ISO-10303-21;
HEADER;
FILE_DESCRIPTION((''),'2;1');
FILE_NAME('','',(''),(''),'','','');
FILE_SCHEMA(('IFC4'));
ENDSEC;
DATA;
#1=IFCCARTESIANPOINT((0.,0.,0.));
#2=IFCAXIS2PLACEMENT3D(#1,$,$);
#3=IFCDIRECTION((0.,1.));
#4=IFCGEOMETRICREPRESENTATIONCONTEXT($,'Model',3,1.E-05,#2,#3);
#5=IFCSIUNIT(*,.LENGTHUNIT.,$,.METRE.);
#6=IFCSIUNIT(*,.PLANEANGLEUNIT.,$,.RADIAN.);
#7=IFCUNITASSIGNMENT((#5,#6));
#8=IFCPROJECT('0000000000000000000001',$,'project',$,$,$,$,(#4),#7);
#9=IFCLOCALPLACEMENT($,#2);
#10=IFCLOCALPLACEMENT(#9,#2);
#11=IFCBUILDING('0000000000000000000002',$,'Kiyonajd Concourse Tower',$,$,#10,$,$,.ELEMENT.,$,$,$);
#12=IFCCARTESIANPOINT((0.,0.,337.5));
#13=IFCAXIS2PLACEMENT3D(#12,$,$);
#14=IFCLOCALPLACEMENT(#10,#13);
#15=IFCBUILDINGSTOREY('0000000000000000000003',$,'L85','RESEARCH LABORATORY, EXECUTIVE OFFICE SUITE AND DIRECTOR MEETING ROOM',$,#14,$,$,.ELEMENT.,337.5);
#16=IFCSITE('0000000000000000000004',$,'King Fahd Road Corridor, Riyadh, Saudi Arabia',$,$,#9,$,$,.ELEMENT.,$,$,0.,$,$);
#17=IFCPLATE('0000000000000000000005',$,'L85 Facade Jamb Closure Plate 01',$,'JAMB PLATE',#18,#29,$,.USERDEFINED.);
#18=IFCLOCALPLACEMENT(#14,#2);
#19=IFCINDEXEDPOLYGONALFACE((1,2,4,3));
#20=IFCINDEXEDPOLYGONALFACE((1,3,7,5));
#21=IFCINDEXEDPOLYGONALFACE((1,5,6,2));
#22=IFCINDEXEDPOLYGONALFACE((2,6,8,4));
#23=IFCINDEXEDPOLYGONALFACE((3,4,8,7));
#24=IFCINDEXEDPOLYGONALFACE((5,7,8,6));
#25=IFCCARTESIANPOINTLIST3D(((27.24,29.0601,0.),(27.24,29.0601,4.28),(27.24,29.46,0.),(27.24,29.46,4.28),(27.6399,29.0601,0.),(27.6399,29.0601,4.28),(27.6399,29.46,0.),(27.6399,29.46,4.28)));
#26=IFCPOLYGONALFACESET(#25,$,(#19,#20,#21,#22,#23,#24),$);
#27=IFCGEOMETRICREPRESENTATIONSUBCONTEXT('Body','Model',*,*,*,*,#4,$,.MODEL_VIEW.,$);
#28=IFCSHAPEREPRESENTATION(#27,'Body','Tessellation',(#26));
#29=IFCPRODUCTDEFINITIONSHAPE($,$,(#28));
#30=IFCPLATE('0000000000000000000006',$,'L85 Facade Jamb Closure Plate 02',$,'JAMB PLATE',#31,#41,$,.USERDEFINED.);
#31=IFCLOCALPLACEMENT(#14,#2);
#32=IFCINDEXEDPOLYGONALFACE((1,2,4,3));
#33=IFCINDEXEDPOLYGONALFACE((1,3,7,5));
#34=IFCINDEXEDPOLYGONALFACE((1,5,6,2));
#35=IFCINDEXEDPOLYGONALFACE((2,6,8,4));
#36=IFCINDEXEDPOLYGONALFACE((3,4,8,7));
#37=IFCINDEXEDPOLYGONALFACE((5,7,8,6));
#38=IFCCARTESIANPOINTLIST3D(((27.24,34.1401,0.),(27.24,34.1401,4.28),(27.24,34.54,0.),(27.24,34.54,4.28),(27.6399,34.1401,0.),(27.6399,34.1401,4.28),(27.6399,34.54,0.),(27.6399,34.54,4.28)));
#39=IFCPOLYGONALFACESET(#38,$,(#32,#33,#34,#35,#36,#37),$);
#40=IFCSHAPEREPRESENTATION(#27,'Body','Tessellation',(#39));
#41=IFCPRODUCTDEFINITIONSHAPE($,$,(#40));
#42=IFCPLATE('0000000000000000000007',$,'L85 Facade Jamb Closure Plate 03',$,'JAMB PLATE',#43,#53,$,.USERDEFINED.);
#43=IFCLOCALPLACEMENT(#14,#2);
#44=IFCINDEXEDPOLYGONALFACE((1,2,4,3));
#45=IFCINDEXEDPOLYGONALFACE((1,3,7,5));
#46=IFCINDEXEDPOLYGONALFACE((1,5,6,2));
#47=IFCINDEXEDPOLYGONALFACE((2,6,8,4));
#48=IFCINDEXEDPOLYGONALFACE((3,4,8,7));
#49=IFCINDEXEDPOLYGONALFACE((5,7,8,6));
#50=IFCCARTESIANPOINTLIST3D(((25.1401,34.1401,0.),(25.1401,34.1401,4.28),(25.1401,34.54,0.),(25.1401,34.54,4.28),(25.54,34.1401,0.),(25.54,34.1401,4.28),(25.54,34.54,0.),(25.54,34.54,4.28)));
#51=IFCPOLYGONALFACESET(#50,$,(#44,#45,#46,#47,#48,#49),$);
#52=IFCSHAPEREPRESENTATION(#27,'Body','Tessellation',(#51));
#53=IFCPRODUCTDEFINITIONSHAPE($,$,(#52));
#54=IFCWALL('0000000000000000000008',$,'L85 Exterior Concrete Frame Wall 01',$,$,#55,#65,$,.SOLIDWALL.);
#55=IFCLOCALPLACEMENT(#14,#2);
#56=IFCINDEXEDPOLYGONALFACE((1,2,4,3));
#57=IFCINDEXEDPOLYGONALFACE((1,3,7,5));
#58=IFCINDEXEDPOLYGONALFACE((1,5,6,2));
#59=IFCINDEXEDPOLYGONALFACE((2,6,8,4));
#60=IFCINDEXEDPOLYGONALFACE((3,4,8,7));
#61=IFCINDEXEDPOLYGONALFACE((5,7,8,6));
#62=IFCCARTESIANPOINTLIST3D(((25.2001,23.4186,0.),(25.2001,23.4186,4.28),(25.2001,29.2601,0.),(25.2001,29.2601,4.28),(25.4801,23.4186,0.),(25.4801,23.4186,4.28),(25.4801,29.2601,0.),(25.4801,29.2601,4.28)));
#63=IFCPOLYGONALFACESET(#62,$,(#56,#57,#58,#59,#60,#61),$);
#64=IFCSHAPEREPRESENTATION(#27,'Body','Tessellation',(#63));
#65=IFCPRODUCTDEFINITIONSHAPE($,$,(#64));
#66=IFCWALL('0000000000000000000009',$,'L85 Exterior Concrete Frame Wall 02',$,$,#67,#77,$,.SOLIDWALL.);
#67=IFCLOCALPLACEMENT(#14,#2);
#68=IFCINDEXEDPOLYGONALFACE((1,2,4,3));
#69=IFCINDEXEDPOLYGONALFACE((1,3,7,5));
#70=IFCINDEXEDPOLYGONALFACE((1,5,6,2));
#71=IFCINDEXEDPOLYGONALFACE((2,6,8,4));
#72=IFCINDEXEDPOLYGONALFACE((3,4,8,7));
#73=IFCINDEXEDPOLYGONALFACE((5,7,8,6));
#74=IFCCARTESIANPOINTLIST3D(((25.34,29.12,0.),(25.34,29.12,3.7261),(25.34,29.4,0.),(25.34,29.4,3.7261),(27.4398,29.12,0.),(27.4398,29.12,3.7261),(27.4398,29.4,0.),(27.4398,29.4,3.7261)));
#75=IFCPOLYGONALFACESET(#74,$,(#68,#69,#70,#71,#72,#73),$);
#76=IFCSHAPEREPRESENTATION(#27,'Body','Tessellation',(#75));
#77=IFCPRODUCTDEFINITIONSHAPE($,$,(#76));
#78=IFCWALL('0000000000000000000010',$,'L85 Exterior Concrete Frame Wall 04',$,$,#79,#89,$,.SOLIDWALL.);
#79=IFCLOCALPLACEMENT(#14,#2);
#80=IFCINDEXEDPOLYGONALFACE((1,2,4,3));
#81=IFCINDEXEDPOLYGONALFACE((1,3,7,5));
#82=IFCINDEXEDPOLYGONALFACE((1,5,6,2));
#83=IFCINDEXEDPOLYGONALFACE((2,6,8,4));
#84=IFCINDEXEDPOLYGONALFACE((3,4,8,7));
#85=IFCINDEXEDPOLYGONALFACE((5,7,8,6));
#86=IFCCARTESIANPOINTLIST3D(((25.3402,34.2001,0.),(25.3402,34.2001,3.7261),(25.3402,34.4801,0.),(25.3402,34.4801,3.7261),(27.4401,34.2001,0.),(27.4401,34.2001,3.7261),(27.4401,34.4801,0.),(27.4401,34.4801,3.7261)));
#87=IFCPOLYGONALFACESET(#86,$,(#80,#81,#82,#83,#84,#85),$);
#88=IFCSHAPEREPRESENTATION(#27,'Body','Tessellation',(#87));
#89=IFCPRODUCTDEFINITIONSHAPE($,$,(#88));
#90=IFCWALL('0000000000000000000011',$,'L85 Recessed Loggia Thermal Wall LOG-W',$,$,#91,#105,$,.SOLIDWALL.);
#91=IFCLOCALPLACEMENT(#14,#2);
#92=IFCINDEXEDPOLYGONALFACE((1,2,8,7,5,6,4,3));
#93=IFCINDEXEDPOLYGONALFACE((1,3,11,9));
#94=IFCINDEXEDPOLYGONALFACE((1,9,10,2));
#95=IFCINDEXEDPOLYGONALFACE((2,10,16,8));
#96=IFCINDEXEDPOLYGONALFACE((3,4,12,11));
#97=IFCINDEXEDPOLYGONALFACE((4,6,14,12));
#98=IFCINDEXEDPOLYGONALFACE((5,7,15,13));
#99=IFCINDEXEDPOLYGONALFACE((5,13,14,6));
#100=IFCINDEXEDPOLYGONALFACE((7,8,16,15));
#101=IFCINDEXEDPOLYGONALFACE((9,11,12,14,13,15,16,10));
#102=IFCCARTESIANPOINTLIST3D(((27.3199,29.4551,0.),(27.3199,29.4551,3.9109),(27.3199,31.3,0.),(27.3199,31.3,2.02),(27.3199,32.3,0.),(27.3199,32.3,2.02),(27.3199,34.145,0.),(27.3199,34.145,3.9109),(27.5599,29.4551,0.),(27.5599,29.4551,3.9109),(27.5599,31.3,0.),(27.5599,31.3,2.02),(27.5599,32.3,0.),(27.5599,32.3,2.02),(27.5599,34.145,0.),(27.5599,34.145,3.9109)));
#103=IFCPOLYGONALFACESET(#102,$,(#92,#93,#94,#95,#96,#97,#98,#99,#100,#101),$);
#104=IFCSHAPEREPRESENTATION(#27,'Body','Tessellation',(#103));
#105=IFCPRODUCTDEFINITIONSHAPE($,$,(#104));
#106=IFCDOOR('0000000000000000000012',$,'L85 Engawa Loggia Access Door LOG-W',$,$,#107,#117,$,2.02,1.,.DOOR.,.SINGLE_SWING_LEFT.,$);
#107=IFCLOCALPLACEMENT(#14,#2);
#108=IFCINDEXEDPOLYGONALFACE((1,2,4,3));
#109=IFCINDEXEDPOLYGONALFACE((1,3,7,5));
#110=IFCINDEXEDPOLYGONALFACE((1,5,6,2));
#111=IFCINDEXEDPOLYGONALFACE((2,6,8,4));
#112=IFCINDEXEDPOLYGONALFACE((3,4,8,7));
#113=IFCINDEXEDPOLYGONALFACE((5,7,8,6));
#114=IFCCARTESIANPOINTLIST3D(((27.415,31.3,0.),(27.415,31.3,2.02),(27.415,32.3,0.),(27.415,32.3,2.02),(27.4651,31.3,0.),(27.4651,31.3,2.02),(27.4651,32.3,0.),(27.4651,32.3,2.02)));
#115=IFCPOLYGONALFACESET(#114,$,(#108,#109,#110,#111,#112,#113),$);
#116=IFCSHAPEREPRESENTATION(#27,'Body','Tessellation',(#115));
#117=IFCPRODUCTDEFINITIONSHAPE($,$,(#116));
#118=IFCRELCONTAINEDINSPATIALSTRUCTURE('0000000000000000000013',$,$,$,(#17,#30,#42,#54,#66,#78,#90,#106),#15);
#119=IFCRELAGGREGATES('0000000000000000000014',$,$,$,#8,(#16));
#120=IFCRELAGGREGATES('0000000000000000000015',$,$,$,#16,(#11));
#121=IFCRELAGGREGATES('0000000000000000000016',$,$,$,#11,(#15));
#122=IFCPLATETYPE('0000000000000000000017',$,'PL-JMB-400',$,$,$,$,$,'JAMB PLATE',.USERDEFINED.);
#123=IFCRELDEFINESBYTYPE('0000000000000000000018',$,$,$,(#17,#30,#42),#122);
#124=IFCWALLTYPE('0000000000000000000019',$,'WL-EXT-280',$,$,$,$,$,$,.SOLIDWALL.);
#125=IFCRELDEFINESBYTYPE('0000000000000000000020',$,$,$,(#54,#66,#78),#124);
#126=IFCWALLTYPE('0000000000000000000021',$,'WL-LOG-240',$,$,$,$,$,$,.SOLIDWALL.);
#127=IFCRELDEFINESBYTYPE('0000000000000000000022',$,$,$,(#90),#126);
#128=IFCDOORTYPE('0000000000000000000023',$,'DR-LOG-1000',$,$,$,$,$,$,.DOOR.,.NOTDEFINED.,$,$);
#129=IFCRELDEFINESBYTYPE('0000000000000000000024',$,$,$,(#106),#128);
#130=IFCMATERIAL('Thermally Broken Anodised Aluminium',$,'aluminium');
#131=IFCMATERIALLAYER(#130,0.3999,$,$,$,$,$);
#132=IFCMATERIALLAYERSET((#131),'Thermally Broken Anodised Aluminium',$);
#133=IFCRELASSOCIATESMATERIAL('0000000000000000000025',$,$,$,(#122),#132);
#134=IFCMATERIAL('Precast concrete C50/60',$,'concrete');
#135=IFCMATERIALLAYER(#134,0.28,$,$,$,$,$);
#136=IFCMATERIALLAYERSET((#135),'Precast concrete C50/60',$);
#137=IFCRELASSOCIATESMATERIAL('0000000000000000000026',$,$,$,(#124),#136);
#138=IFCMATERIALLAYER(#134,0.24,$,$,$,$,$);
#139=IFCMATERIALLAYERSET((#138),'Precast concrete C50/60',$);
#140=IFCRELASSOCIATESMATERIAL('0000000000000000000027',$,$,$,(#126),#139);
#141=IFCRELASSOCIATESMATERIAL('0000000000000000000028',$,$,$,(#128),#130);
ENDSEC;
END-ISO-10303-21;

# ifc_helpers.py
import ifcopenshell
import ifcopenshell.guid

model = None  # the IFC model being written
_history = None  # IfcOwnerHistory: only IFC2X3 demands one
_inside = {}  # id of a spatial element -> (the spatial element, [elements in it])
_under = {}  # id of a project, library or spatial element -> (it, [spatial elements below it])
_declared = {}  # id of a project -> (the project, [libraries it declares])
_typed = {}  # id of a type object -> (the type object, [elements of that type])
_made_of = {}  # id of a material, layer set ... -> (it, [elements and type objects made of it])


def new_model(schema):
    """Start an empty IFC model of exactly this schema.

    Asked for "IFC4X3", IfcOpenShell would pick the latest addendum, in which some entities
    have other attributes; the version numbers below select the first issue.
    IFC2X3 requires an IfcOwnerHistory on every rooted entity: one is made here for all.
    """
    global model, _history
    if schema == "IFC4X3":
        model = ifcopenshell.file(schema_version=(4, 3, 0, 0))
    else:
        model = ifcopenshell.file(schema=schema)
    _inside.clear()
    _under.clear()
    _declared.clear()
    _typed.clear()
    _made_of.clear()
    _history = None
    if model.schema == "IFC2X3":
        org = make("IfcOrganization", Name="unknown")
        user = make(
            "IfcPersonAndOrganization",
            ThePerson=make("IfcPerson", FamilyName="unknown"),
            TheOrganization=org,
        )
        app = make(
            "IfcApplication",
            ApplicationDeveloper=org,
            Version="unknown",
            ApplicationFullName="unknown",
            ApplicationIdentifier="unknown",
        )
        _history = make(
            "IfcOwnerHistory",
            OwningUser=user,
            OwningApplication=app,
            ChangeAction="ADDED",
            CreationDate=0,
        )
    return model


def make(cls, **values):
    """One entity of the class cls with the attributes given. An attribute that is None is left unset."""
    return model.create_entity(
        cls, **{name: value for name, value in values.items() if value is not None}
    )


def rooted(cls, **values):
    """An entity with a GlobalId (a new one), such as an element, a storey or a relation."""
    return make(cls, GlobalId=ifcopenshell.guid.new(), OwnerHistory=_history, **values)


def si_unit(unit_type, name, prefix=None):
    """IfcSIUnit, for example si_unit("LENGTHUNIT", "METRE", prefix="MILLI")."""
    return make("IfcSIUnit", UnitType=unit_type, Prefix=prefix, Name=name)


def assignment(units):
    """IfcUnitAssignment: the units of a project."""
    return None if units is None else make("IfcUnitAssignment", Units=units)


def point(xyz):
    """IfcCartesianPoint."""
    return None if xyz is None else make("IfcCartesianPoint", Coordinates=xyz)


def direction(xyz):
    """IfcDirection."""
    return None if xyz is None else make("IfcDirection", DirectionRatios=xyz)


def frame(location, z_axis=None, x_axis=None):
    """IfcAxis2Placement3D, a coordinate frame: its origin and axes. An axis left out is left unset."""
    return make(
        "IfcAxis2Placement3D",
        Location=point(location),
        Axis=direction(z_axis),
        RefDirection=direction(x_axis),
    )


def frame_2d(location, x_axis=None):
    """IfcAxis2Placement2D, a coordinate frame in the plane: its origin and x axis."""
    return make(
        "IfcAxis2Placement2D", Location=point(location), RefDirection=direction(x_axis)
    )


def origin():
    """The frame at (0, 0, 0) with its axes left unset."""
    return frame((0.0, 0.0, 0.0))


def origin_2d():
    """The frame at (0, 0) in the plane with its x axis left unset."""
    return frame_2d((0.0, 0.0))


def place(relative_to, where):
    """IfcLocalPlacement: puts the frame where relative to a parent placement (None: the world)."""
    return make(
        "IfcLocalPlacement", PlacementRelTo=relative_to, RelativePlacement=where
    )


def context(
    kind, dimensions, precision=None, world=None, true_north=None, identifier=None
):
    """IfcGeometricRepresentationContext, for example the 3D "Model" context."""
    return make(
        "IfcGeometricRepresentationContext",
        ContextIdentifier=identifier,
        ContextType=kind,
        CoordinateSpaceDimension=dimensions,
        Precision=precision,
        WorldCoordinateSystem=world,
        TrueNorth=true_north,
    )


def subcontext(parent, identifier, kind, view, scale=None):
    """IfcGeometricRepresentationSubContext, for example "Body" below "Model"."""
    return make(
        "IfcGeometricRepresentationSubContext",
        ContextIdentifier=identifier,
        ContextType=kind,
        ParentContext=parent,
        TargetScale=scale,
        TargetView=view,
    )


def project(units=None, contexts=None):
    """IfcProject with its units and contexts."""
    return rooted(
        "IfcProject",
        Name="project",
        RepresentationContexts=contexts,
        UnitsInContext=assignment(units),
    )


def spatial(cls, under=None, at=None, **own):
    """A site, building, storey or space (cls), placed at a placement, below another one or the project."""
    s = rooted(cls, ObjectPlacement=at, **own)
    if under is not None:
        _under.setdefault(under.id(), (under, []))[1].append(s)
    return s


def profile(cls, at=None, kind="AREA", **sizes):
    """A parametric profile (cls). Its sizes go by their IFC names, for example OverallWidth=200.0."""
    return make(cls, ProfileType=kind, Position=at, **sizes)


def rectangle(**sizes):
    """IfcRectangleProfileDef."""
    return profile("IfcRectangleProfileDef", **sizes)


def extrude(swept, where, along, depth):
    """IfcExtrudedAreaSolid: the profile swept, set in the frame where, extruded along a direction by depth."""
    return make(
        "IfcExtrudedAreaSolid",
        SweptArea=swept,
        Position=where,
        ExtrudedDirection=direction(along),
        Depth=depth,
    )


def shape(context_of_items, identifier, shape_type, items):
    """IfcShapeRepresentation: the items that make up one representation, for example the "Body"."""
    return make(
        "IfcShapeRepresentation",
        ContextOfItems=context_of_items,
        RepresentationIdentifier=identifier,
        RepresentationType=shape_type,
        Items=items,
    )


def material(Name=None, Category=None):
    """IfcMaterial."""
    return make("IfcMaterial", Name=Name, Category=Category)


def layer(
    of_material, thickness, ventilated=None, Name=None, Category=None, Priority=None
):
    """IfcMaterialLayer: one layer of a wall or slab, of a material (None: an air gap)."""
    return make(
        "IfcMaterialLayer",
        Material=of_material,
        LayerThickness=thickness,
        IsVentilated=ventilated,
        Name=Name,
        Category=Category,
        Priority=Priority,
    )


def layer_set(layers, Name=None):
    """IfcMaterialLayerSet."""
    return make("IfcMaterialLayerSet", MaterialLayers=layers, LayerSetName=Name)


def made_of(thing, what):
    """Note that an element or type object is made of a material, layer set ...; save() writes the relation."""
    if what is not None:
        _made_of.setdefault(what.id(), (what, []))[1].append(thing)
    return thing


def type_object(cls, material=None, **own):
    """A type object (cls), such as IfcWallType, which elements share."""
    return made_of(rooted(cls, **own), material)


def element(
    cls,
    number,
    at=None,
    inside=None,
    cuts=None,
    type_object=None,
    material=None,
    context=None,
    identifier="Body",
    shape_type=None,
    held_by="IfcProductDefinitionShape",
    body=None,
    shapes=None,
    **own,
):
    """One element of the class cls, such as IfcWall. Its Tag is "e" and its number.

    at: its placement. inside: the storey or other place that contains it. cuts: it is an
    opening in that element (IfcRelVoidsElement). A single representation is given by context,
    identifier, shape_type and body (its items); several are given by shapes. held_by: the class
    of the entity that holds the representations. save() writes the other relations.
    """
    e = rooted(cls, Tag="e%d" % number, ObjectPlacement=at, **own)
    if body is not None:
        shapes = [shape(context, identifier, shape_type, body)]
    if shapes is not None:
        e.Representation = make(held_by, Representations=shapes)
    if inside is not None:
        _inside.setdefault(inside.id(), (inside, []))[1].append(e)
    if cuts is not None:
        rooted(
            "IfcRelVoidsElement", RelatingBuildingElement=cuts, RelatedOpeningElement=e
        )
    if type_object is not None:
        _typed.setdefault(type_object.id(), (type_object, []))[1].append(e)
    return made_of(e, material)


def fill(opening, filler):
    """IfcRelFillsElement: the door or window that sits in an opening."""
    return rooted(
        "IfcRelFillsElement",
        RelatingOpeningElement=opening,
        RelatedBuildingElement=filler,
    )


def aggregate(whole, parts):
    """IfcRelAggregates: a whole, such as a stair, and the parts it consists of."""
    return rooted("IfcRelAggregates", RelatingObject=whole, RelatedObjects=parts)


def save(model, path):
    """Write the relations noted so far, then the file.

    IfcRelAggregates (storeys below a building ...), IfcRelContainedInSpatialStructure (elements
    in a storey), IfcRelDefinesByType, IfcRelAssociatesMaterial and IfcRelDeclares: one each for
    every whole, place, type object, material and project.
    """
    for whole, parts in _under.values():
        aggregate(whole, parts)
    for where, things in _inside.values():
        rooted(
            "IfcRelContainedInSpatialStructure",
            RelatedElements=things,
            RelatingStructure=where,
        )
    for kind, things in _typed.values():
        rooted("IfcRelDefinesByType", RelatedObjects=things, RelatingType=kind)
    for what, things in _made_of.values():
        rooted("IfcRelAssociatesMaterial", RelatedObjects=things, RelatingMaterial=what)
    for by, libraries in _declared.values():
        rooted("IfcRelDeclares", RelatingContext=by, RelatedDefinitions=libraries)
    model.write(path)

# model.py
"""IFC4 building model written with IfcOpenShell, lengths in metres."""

from ifc_helpers import new_model, si_unit, direction, frame, frame_2d, origin, origin_2d, place, context, subcontext, project, spatial, rectangle, extrude, material, layer, layer_set, type_object, element, fill, save


model = new_model("IFC4")

# Units and contexts
model_context = context("Model", 3, precision=1e-05, world=origin(), true_north=direction((0.0, 1.0)))
body_context = subcontext(model_context, "Body", "Model", "MODEL_VIEW")
ifc_project = project(units=[si_unit("LENGTHUNIT", "METRE"), si_unit("PLANEANGLEUNIT", "RADIAN")], contexts=[model_context])

# Site, building, storey
site_placement = place(None, origin())
site = spatial("IfcSite", under=ifc_project, at=site_placement, Name="King Fahd Road Corridor, Riyadh, Saudi Arabia", CompositionType="ELEMENT", RefElevation=0.0)
building_placement = place(site_placement, origin())
building = spatial("IfcBuilding", under=site, at=building_placement, Name="Kiyonajd Concourse Tower", CompositionType="ELEMENT")
storey_placement = place(building_placement, frame((0.0, 0.0, 337.5)))
storey = spatial("IfcBuildingStorey", under=building, at=storey_placement, Name="L85", Description="RESEARCH LABORATORY, EXECUTIVE OFFICE SUITE AND DIRECTOR MEETING ROOM", CompositionType="ELEMENT", Elevation=337.5)

# Plates
ifc_material_1 = material(Name="Thermally Broken Anodised Aluminium", Category="aluminium")
ifc_layer_1 = layer(ifc_material_1, 0.3999)
ifc_layer_set_1 = layer_set([ifc_layer_1], Name="Thermally Broken Anodised Aluminium")
plate_type_1 = type_object("IfcPlateType", Name="PL-JMB-400", ElementType="JAMB PLATE", PredefinedType="USERDEFINED", material=ifc_layer_set_1)
for number, where, z_axis, x_axis, name in (
    (1, (27.4399, 29.26, 0.0), (0.0, 0.0, 1.0), (1.0, 0.0, 0.0), "L85 Facade Jamb Closure Plate 01"),
    (2, (27.4399, 34.3401, 0.0), (0.0, 0.0, 1.0), (1.0, 0.0, 0.0), "L85 Facade Jamb Closure Plate 02"),
    (3, (25.3401, 34.3401, 0.0), (0.0, 0.0, 1.0), (1.0, 0.0, 0.0), "L85 Facade Jamb Closure Plate 03"),
):
    element("IfcPlate", number, at=place(storey_placement, frame(where, z_axis=z_axis, x_axis=x_axis)), inside=storey, type_object=plate_type_1, Name=name, ObjectType="JAMB PLATE", PredefinedType="USERDEFINED", context=body_context, shape_type="SweptSolid", body=[
        extrude(rectangle(XDim=0.3999, YDim=0.3999, at=origin_2d()), origin(), (0.0, 0.0, 1.0), 4.28),
    ])

# Walls
ifc_material_2 = material(Name="Precast concrete C50/60", Category="concrete")
ifc_layer_2 = layer(ifc_material_2, 0.28)
ifc_layer_set_2 = layer_set([ifc_layer_2], Name="Precast concrete C50/60")
wall_type_1 = type_object("IfcWallType", Name="WL-EXT-280", PredefinedType="SOLIDWALL", material=ifc_layer_set_2)
wall_1_placement = place(storey_placement, frame((25.3401, 23.4185, 0.0), z_axis=(0.0, 0.0, 1.0), x_axis=(0.0, 1.0, 0.0)))
element("IfcWall", 4, at=wall_1_placement, inside=storey, type_object=wall_type_1, Name="L85 Exterior Concrete Frame Wall 01", PredefinedType="SOLIDWALL", context=body_context, shape_type="SweptSolid", body=[
    extrude(rectangle(XDim=5.8416, YDim=0.28, at=frame_2d((2.9209, 0.0))), origin(), (0.0, 0.0, 1.0), 4.28),
])
for number, where, z_axis, x_axis, name in (
    (5, (25.3401, 29.26, 0.0), (0.0, 0.0, 1.0), (1.0, 0.0, 0.0), "L85 Exterior Concrete Frame Wall 02"),
    (6, (27.4399, 34.3401, 0.0), (0.0, 0.0, 1.0), (-1.0, 0.0, 0.0), "L85 Exterior Concrete Frame Wall 04"),
):
    element("IfcWall", number, at=place(storey_placement, frame(where, z_axis=z_axis, x_axis=x_axis)), inside=storey, type_object=wall_type_1, Name=name, PredefinedType="SOLIDWALL", context=body_context, shape_type="SweptSolid", body=[
        extrude(rectangle(XDim=2.0999, YDim=0.28, at=frame_2d((1.0498, 0.0))), origin(), (0.0, 0.0, 1.0), 3.7261),
    ])

# Wall, opening, door
ifc_layer_3 = layer(ifc_material_2, 0.24)
ifc_layer_set_3 = layer_set([ifc_layer_3], Name="Precast concrete C50/60")
wall_type_2 = type_object("IfcWallType", Name="WL-LOG-240", PredefinedType="SOLIDWALL", material=ifc_layer_set_3)
wall_2_placement = place(storey_placement, frame((27.4399, 29.4551, 0.0), z_axis=(0.0, 0.0, 1.0), x_axis=(0.0, 1.0, 0.0)))
wall_2 = element("IfcWall", 7, at=wall_2_placement, inside=storey, type_object=wall_type_2, Name="L85 Recessed Loggia Thermal Wall LOG-W", PredefinedType="SOLIDWALL", context=body_context, shape_type="SweptSolid", body=[
    extrude(rectangle(XDim=4.6899, YDim=0.24, at=frame_2d((2.345, 0.0))), origin(), (0.0, 0.0, 1.0), 3.9109),
])
opening_1_placement = place(wall_2_placement, frame((1.845, 0.0, 0.0)))
opening_1 = element("IfcOpeningElement", 8, at=opening_1_placement, cuts=wall_2, PredefinedType="OPENING", context=body_context, shape_type="SweptSolid", body=[
    extrude(rectangle(XDim=1.0, YDim=2.02, at=frame_2d((0.5, 1.01))), frame((0.0, 0.1299, 0.0), z_axis=(0.0, -1.0, 0.0), x_axis=(1.0, 0.0, 0.0)), (0.0, 0.0, 1.0), 0.26),
])
door_type_1 = type_object("IfcDoorType", Name="DR-LOG-1000", OperationType="NOTDEFINED", PredefinedType="DOOR", material=ifc_material_1)
door_1_placement = place(opening_1_placement, origin())
door_1 = element("IfcDoor", 9, at=door_1_placement, inside=storey, type_object=door_type_1, Name="L85 Engawa Loggia Access Door LOG-W", OperationType="SINGLE_SWING_LEFT", OverallHeight=2.02, OverallWidth=1.0, PredefinedType="DOOR", context=body_context, shape_type="SweptSolid", body=[
    extrude(rectangle(XDim=1.0, YDim=2.02, at=frame_2d((0.5, 1.01))), frame((0.0, 0.0249, 0.0), z_axis=(0.0, -1.0, 0.0), x_axis=(1.0, 0.0, 0.0)), (0.0, 0.0, 1.0), 0.05),
])
fill(opening_1, door_1)

save(model, "model.ifc")
